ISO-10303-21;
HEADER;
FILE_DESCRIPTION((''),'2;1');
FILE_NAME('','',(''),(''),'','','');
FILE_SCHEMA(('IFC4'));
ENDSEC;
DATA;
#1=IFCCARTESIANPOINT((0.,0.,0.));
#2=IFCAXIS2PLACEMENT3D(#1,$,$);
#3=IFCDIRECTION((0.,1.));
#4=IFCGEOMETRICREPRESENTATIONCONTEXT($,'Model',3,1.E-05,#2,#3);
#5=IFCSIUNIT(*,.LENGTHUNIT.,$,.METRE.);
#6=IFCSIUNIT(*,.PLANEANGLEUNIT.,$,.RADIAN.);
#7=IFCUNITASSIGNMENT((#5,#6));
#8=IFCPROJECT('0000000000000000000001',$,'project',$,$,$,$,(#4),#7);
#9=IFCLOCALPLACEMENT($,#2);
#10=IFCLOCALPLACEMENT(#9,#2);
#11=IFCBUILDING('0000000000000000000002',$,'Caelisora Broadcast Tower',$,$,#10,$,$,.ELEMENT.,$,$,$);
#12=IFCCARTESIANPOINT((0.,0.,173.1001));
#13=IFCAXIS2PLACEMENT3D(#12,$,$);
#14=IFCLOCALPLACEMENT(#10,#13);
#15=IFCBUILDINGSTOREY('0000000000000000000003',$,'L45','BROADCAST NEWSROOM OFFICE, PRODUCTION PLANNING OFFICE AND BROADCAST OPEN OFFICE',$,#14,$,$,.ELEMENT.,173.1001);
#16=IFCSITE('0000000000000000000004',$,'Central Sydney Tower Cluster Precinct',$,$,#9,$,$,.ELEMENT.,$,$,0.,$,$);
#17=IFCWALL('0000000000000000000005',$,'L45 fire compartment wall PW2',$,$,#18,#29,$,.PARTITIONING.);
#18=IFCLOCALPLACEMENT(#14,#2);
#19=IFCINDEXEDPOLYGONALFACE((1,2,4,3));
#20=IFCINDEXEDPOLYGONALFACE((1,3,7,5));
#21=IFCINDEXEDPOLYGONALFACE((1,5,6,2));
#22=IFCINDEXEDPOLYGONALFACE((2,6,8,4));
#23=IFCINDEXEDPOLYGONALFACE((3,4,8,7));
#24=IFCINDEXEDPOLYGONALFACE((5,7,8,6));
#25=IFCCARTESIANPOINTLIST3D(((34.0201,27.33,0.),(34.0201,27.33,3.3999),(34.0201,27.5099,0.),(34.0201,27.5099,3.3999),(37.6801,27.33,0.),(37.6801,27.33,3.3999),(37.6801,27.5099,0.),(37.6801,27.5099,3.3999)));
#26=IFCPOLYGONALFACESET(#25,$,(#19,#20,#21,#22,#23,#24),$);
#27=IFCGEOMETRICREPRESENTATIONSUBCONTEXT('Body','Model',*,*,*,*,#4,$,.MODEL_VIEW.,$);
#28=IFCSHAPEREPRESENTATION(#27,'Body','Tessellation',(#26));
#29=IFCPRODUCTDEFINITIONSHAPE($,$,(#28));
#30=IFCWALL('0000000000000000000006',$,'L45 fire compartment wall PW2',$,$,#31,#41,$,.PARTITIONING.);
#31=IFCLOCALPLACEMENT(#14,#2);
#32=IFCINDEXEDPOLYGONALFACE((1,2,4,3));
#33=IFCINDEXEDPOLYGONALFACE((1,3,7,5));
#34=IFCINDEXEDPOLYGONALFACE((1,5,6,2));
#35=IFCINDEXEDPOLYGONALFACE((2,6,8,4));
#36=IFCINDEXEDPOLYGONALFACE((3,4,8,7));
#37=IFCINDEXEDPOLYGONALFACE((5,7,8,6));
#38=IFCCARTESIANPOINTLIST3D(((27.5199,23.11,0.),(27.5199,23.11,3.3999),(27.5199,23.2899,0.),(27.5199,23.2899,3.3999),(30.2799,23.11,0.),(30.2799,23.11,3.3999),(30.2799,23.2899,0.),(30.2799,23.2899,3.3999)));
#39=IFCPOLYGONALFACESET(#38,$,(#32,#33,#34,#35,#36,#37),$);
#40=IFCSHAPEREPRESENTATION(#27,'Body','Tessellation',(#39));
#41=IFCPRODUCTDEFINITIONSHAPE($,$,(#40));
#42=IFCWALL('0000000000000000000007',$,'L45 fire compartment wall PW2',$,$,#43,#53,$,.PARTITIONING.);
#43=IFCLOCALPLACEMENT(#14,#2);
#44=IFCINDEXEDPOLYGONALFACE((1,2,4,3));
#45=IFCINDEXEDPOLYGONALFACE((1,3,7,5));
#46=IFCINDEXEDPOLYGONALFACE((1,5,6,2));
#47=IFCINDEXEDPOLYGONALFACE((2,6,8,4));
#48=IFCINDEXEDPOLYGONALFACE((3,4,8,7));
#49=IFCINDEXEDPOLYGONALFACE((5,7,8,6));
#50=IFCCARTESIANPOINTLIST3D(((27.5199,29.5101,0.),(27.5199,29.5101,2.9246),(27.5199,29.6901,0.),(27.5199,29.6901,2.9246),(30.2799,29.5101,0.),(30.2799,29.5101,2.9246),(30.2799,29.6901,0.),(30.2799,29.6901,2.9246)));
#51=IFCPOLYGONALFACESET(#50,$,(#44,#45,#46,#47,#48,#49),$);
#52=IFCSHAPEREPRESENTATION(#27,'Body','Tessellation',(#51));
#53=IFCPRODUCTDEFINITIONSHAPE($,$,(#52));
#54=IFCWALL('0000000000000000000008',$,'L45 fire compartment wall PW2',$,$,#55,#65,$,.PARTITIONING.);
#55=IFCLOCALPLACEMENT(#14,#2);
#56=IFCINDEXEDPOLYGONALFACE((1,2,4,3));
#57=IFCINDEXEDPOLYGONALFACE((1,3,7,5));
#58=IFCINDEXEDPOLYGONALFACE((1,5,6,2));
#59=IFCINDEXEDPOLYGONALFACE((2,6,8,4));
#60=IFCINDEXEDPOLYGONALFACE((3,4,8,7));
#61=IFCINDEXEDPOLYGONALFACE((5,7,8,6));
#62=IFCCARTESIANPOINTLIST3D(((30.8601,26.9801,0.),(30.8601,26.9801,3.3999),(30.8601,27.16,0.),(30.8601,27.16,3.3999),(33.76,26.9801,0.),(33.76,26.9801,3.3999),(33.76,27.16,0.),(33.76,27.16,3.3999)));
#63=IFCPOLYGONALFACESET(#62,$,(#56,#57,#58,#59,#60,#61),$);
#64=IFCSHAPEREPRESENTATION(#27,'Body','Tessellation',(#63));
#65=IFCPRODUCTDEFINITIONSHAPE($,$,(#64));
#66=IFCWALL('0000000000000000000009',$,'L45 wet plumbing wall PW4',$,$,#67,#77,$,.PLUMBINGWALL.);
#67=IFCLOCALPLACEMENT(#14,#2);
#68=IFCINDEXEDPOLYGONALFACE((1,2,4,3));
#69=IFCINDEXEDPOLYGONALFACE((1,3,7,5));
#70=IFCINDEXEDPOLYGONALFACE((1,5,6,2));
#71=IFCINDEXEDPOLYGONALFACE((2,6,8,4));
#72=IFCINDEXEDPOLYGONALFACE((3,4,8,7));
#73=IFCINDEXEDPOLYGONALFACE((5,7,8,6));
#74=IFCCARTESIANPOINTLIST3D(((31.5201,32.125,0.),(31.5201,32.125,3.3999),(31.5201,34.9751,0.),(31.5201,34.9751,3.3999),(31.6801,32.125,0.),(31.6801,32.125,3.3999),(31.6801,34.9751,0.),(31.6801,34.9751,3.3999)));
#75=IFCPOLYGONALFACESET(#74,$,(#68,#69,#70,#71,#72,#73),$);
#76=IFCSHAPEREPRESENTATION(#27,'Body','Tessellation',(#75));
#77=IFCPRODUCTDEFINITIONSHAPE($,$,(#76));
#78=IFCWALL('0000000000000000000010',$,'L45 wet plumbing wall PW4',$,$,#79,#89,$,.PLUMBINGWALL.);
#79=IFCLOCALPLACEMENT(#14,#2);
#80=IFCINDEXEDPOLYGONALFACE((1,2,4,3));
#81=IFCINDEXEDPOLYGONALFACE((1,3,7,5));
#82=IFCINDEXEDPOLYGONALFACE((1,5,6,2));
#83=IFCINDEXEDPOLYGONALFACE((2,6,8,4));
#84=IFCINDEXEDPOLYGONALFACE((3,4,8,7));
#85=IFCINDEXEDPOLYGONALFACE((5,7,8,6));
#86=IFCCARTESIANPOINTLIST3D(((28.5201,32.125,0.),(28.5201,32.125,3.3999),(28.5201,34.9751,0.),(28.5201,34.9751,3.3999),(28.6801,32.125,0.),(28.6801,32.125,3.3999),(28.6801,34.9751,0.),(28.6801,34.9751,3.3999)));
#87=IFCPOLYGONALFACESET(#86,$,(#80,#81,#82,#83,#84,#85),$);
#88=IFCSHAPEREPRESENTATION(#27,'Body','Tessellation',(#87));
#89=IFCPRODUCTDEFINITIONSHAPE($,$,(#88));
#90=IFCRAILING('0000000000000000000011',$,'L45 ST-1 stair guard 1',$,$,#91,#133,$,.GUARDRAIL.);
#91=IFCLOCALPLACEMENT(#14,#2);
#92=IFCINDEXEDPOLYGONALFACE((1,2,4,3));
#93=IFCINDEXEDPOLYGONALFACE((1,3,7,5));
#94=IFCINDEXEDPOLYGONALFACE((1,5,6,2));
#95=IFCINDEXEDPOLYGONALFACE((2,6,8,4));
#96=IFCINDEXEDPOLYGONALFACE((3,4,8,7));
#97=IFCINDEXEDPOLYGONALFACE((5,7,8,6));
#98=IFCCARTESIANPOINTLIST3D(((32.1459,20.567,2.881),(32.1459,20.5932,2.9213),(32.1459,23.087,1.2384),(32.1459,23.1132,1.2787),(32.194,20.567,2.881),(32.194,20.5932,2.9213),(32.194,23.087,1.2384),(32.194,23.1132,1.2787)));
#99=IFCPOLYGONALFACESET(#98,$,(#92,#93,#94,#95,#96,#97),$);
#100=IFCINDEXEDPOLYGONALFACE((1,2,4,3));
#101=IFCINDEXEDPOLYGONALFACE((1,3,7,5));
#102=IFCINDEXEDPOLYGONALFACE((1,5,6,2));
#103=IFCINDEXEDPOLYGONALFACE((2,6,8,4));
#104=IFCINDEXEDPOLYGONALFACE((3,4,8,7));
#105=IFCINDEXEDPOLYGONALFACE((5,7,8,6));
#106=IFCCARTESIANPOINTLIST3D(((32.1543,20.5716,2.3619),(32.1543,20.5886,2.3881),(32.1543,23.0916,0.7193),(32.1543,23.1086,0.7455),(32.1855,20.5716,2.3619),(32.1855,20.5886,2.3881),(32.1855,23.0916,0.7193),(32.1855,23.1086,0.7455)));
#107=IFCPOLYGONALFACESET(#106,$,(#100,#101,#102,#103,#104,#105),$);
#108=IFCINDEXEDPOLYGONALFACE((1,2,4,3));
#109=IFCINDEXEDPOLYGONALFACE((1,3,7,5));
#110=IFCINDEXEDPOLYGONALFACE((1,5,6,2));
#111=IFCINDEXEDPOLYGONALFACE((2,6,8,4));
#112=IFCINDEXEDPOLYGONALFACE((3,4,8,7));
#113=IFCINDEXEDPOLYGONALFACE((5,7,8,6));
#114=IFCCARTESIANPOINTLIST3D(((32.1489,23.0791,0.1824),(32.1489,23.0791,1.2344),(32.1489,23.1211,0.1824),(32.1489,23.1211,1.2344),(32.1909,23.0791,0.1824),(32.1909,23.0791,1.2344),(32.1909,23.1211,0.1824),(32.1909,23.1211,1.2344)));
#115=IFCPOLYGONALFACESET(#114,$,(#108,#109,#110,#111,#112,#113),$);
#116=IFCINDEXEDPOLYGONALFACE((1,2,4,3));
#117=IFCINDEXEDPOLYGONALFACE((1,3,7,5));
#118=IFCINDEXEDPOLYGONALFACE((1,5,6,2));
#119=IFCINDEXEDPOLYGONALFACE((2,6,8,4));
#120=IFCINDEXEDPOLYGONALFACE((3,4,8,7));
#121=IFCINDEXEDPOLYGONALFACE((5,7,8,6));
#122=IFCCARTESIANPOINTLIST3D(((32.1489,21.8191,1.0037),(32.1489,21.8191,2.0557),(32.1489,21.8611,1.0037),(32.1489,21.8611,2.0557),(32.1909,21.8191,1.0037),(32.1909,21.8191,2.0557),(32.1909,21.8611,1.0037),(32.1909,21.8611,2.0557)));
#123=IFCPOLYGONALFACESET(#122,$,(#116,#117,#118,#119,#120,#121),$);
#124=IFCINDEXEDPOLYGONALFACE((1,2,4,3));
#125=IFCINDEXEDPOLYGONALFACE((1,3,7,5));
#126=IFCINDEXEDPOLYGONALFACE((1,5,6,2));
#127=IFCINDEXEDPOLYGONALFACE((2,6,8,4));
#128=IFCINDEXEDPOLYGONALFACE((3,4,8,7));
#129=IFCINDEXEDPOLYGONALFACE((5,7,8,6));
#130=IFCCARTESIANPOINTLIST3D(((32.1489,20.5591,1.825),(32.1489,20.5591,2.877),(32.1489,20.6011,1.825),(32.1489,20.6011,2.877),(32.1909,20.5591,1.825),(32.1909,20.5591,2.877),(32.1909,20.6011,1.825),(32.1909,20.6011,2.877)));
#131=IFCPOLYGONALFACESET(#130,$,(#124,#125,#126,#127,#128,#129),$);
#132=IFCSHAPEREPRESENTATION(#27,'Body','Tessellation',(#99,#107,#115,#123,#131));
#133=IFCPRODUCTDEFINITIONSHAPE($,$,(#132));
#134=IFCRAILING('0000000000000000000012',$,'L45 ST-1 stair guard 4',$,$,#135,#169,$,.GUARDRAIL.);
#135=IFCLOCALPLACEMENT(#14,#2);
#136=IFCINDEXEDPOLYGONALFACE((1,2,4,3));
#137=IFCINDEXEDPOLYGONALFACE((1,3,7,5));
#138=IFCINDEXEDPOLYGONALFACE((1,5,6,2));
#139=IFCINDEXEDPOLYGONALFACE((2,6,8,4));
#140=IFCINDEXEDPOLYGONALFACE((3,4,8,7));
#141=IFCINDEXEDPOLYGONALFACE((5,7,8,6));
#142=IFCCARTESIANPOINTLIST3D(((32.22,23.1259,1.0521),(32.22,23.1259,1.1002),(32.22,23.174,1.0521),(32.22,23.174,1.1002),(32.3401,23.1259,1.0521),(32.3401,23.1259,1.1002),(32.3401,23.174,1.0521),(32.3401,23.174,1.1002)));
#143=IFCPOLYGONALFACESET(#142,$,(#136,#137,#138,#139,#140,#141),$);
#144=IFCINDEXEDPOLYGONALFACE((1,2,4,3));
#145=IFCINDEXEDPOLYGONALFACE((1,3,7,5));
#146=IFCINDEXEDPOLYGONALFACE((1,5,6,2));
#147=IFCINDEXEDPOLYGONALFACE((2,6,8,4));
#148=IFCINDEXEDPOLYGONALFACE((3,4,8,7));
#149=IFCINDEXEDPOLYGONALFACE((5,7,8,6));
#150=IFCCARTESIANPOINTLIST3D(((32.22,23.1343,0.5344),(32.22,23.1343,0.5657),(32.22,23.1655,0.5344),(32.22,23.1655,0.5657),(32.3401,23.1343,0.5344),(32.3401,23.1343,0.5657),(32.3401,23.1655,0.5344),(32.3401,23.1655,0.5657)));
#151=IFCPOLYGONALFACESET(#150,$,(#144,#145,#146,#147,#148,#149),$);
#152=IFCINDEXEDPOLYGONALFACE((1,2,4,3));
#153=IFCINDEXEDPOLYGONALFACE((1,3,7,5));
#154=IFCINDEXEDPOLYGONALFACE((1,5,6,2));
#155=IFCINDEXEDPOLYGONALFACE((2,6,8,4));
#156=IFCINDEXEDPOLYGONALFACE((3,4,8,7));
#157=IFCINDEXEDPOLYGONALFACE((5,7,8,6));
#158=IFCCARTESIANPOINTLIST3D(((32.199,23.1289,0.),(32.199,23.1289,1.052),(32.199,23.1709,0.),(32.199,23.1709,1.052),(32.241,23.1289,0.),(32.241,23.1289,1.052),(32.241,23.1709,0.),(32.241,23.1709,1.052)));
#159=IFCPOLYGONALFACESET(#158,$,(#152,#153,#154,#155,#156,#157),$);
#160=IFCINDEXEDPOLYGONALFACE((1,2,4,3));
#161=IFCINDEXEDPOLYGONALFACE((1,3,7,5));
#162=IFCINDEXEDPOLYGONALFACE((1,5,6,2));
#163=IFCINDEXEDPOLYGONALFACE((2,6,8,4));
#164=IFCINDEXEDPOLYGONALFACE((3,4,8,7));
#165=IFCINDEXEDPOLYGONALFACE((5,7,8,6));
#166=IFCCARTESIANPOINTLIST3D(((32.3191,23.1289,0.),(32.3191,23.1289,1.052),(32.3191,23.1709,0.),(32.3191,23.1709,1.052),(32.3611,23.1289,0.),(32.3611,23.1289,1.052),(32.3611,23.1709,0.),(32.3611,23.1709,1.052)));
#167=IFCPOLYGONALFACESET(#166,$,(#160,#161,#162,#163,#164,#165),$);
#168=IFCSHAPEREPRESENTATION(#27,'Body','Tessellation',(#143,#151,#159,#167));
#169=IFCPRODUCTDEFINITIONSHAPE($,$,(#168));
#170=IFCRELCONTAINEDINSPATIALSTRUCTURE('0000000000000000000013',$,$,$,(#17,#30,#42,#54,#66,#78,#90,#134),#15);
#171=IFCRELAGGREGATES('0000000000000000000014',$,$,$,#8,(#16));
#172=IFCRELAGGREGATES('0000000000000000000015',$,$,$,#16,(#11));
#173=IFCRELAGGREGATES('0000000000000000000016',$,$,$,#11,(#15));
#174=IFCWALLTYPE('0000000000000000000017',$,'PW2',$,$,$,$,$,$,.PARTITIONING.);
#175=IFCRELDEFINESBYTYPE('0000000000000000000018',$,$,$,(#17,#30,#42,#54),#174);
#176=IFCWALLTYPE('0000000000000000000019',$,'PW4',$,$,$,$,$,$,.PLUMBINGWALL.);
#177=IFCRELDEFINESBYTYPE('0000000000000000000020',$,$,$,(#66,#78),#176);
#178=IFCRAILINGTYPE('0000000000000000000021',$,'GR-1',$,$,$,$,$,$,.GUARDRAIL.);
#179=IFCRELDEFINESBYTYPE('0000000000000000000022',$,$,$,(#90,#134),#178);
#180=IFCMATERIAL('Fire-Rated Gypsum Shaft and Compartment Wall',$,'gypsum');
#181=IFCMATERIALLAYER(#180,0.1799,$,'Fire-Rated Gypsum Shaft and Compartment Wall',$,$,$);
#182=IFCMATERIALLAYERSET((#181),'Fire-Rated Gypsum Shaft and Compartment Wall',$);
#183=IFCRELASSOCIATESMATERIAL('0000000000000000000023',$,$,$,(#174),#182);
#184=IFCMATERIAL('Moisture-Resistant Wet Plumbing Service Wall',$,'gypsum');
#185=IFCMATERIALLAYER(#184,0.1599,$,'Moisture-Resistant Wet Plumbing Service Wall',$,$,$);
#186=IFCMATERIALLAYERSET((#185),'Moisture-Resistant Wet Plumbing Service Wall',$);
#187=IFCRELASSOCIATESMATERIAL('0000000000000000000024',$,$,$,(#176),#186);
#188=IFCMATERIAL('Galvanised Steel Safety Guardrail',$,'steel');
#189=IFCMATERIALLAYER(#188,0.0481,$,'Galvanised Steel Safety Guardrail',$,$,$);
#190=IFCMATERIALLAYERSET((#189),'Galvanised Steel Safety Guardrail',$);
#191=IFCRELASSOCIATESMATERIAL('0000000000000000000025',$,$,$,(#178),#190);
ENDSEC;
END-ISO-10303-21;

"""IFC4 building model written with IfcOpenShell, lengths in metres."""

from ifc_helpers import new_model, si_unit, direction, frame, frame_2d, origin, origin_2d, place, context, subcontext, project, spatial, rectangle, extrude, material, layer, layer_set, type_object, element, save


model = new_model("IFC4")

# Units and contexts
model_context = context("Model", 3, precision=1e-05, world=origin(), true_north=direction((0.0, 1.0)))
body_context = subcontext(model_context, "Body", "Model", "MODEL_VIEW")
ifc_project = project(units=[si_unit("LENGTHUNIT", "METRE"), si_unit("PLANEANGLEUNIT", "RADIAN")], contexts=[model_context])

# Site, building, storey
site_placement = place(None, origin())
site = spatial("IfcSite", under=ifc_project, at=site_placement, Name="Central Sydney Tower Cluster Precinct", CompositionType="ELEMENT", RefElevation=0.0)
building_placement = place(site_placement, origin())
building = spatial("IfcBuilding", under=site, at=building_placement, Name="Caelisora Broadcast Tower", CompositionType="ELEMENT")
storey_placement = place(building_placement, frame((0.0, 0.0, 173.1001)))
storey = spatial("IfcBuildingStorey", under=building, at=storey_placement, Name="L45", Description="BROADCAST NEWSROOM OFFICE, PRODUCTION PLANNING OFFICE AND BROADCAST OPEN OFFICE", CompositionType="ELEMENT", Elevation=173.1001)

# Shared definitions
ifc_material_1 = material(Name="Fire-Rated Gypsum Shaft and Compartment Wall", Category="gypsum")
ifc_layer_1 = layer(ifc_material_1, 0.1799, Name="Fire-Rated Gypsum Shaft and Compartment Wall")
ifc_layer_set_1 = layer_set([ifc_layer_1], Name="Fire-Rated Gypsum Shaft and Compartment Wall")
wall_type_1 = type_object("IfcWallType", Name="PW2", PredefinedType="PARTITIONING", material=ifc_layer_set_1)

# Walls
wall_1_placement = place(storey_placement, frame((34.02, 27.4199, 0.0), z_axis=(0.0, 0.0, 1.0), x_axis=(1.0, 0.0, 0.0)))
element("IfcWall", 1, at=wall_1_placement, inside=storey, type_object=wall_type_1, Name="L45 fire compartment wall PW2", PredefinedType="PARTITIONING", context=body_context, shape_type="SweptSolid", body=[
    extrude(rectangle(XDim=3.6599, YDim=0.1799, at=frame_2d((1.8301, 0.0))), origin(), (0.0, 0.0, 1.0), 3.3999),
])
wall_2_placement = place(storey_placement, frame((27.52, 23.2, 0.0), z_axis=(0.0, 0.0, 1.0), x_axis=(1.0, 0.0, 0.0)))
element("IfcWall", 2, at=wall_2_placement, inside=storey, type_object=wall_type_1, Name="L45 fire compartment wall PW2", PredefinedType="PARTITIONING", context=body_context, shape_type="SweptSolid", body=[
    extrude(rectangle(XDim=2.76, YDim=0.1799, at=frame_2d((1.3799, 0.0))), origin(), (0.0, 0.0, 1.0), 3.3999),
])
wall_3_placement = place(storey_placement, frame((27.52, 29.6001, 0.0), z_axis=(0.0, 0.0, 1.0), x_axis=(1.0, 0.0, 0.0)))
element("IfcWall", 3, at=wall_3_placement, inside=storey, type_object=wall_type_1, Name="L45 fire compartment wall PW2", PredefinedType="PARTITIONING", context=body_context, shape_type="SweptSolid", body=[
    extrude(rectangle(XDim=2.76, YDim=0.1799, at=frame_2d((1.3799, 0.0))), origin(), (0.0, 0.0, 1.0), 2.9246),
])
wall_4_placement = place(storey_placement, frame((30.8601, 27.0701, 0.0), z_axis=(0.0, 0.0, 1.0), x_axis=(1.0, 0.0, 0.0)))
element("IfcWall", 4, at=wall_4_placement, inside=storey, type_object=wall_type_1, Name="L45 fire compartment wall PW2", PredefinedType="PARTITIONING", context=body_context, shape_type="SweptSolid", body=[
    extrude(rectangle(XDim=2.8999, YDim=0.1799, at=frame_2d((1.45, 0.0))), origin(), (0.0, 0.0, 1.0), 3.3999),
])
ifc_material_2 = material(Name="Moisture-Resistant Wet Plumbing Service Wall", Category="gypsum")
ifc_layer_2 = layer(ifc_material_2, 0.1599, Name="Moisture-Resistant Wet Plumbing Service Wall")
ifc_layer_set_2 = layer_set([ifc_layer_2], Name="Moisture-Resistant Wet Plumbing Service Wall")
wall_type_2 = type_object("IfcWallType", Name="PW4", PredefinedType="PLUMBINGWALL", material=ifc_layer_set_2)
for number, where, z_axis, x_axis, name in (
    (5, (31.6001, 32.125, 0.0), (0.0, 0.0, 1.0), (0.0, 1.0, 0.0), "L45 wet plumbing wall PW4"),
    (6, (28.6001, 32.125, 0.0), (0.0, 0.0, 1.0), (0.0, 1.0, 0.0), "L45 wet plumbing wall PW4"),
):
    element("IfcWall", number, at=place(storey_placement, frame(where, z_axis=z_axis, x_axis=x_axis)), inside=storey, type_object=wall_type_2, Name=name, PredefinedType="PLUMBINGWALL", context=body_context, shape_type="SweptSolid", body=[
        extrude(rectangle(XDim=2.8501, YDim=0.1599, at=frame_2d((1.425, 0.0))), origin(), (0.0, 0.0, 1.0), 3.3999),
    ])

# Railings
ifc_material_3 = material(Name="Galvanised Steel Safety Guardrail", Category="steel")
ifc_layer_3 = layer(ifc_material_3, 0.0481, Name="Galvanised Steel Safety Guardrail")
ifc_layer_set_3 = layer_set([ifc_layer_3], Name="Galvanised Steel Safety Guardrail")
railing_type = type_object("IfcRailingType", Name="GR-1", PredefinedType="GUARDRAIL", material=ifc_layer_set_3)
railing_1_placement = place(storey_placement, frame((32.1699, 23.1001, 0.1824)))
element("IfcRailing", 7, at=railing_1_placement, inside=storey, type_object=railing_type, Name="L45 ST-1 stair guard 1", PredefinedType="GUARDRAIL", context=body_context, shape_type="SweptSolid", body=[
    extrude(rectangle(XDim=0.0481, YDim=0.0481, at=origin_2d()), frame((0.0, 0.0, 1.0762), z_axis=(0.0, -0.837749, 0.546055), x_axis=(1.0, 0.0, 0.0)), (0.0, 0.0, 1.0), 3.0081),
    extrude(rectangle(XDim=0.0312, YDim=0.0312, at=origin_2d()), frame((0.0, 0.0, 0.55), z_axis=(0.0, -0.837749, 0.546055), x_axis=(1.0, 0.0, 0.0)), (0.0, 0.0, 1.0), 3.0081),
    extrude(rectangle(XDim=0.042, YDim=0.042, at=origin_2d()), origin(), (0.0, 0.0, 1.0), 1.052),
    extrude(rectangle(XDim=0.042, YDim=0.042, at=origin_2d()), frame((0.0, -1.26, 0.8213)), (0.0, 0.0, 1.0), 1.052),
    extrude(rectangle(XDim=0.042, YDim=0.042, at=origin_2d()), frame((0.0, -2.52, 1.6426)), (0.0, 0.0, 1.0), 1.052),
])
railing_2_placement = place(storey_placement, frame((32.22, 23.1499, 0.0)))
element("IfcRailing", 8, at=railing_2_placement, inside=storey, type_object=railing_type, Name="L45 ST-1 stair guard 4", PredefinedType="GUARDRAIL", context=body_context, shape_type="SweptSolid", body=[
    extrude(rectangle(XDim=0.0481, YDim=0.0481, at=origin_2d()), frame((0.0, 0.0, 1.0762), z_axis=(1.0, 0.0, 0.0), x_axis=(0.0, 1.0, 0.0)), (0.0, 0.0, 1.0), 0.1201),
    extrude(rectangle(XDim=0.0312, YDim=0.0312, at=origin_2d()), frame((0.0, 0.0, 0.55), z_axis=(1.0, 0.0, 0.0), x_axis=(0.0, 1.0, 0.0)), (0.0, 0.0, 1.0), 0.1201),
    extrude(rectangle(XDim=0.042, YDim=0.042, at=origin_2d()), origin(), (0.0, 0.0, 1.0), 1.052),
    extrude(rectangle(XDim=0.042, YDim=0.042, at=origin_2d()), frame((0.1201, 0.0, 0.0)), (0.0, 0.0, 1.0), 1.052),
])

save(model, "model.ifc")
